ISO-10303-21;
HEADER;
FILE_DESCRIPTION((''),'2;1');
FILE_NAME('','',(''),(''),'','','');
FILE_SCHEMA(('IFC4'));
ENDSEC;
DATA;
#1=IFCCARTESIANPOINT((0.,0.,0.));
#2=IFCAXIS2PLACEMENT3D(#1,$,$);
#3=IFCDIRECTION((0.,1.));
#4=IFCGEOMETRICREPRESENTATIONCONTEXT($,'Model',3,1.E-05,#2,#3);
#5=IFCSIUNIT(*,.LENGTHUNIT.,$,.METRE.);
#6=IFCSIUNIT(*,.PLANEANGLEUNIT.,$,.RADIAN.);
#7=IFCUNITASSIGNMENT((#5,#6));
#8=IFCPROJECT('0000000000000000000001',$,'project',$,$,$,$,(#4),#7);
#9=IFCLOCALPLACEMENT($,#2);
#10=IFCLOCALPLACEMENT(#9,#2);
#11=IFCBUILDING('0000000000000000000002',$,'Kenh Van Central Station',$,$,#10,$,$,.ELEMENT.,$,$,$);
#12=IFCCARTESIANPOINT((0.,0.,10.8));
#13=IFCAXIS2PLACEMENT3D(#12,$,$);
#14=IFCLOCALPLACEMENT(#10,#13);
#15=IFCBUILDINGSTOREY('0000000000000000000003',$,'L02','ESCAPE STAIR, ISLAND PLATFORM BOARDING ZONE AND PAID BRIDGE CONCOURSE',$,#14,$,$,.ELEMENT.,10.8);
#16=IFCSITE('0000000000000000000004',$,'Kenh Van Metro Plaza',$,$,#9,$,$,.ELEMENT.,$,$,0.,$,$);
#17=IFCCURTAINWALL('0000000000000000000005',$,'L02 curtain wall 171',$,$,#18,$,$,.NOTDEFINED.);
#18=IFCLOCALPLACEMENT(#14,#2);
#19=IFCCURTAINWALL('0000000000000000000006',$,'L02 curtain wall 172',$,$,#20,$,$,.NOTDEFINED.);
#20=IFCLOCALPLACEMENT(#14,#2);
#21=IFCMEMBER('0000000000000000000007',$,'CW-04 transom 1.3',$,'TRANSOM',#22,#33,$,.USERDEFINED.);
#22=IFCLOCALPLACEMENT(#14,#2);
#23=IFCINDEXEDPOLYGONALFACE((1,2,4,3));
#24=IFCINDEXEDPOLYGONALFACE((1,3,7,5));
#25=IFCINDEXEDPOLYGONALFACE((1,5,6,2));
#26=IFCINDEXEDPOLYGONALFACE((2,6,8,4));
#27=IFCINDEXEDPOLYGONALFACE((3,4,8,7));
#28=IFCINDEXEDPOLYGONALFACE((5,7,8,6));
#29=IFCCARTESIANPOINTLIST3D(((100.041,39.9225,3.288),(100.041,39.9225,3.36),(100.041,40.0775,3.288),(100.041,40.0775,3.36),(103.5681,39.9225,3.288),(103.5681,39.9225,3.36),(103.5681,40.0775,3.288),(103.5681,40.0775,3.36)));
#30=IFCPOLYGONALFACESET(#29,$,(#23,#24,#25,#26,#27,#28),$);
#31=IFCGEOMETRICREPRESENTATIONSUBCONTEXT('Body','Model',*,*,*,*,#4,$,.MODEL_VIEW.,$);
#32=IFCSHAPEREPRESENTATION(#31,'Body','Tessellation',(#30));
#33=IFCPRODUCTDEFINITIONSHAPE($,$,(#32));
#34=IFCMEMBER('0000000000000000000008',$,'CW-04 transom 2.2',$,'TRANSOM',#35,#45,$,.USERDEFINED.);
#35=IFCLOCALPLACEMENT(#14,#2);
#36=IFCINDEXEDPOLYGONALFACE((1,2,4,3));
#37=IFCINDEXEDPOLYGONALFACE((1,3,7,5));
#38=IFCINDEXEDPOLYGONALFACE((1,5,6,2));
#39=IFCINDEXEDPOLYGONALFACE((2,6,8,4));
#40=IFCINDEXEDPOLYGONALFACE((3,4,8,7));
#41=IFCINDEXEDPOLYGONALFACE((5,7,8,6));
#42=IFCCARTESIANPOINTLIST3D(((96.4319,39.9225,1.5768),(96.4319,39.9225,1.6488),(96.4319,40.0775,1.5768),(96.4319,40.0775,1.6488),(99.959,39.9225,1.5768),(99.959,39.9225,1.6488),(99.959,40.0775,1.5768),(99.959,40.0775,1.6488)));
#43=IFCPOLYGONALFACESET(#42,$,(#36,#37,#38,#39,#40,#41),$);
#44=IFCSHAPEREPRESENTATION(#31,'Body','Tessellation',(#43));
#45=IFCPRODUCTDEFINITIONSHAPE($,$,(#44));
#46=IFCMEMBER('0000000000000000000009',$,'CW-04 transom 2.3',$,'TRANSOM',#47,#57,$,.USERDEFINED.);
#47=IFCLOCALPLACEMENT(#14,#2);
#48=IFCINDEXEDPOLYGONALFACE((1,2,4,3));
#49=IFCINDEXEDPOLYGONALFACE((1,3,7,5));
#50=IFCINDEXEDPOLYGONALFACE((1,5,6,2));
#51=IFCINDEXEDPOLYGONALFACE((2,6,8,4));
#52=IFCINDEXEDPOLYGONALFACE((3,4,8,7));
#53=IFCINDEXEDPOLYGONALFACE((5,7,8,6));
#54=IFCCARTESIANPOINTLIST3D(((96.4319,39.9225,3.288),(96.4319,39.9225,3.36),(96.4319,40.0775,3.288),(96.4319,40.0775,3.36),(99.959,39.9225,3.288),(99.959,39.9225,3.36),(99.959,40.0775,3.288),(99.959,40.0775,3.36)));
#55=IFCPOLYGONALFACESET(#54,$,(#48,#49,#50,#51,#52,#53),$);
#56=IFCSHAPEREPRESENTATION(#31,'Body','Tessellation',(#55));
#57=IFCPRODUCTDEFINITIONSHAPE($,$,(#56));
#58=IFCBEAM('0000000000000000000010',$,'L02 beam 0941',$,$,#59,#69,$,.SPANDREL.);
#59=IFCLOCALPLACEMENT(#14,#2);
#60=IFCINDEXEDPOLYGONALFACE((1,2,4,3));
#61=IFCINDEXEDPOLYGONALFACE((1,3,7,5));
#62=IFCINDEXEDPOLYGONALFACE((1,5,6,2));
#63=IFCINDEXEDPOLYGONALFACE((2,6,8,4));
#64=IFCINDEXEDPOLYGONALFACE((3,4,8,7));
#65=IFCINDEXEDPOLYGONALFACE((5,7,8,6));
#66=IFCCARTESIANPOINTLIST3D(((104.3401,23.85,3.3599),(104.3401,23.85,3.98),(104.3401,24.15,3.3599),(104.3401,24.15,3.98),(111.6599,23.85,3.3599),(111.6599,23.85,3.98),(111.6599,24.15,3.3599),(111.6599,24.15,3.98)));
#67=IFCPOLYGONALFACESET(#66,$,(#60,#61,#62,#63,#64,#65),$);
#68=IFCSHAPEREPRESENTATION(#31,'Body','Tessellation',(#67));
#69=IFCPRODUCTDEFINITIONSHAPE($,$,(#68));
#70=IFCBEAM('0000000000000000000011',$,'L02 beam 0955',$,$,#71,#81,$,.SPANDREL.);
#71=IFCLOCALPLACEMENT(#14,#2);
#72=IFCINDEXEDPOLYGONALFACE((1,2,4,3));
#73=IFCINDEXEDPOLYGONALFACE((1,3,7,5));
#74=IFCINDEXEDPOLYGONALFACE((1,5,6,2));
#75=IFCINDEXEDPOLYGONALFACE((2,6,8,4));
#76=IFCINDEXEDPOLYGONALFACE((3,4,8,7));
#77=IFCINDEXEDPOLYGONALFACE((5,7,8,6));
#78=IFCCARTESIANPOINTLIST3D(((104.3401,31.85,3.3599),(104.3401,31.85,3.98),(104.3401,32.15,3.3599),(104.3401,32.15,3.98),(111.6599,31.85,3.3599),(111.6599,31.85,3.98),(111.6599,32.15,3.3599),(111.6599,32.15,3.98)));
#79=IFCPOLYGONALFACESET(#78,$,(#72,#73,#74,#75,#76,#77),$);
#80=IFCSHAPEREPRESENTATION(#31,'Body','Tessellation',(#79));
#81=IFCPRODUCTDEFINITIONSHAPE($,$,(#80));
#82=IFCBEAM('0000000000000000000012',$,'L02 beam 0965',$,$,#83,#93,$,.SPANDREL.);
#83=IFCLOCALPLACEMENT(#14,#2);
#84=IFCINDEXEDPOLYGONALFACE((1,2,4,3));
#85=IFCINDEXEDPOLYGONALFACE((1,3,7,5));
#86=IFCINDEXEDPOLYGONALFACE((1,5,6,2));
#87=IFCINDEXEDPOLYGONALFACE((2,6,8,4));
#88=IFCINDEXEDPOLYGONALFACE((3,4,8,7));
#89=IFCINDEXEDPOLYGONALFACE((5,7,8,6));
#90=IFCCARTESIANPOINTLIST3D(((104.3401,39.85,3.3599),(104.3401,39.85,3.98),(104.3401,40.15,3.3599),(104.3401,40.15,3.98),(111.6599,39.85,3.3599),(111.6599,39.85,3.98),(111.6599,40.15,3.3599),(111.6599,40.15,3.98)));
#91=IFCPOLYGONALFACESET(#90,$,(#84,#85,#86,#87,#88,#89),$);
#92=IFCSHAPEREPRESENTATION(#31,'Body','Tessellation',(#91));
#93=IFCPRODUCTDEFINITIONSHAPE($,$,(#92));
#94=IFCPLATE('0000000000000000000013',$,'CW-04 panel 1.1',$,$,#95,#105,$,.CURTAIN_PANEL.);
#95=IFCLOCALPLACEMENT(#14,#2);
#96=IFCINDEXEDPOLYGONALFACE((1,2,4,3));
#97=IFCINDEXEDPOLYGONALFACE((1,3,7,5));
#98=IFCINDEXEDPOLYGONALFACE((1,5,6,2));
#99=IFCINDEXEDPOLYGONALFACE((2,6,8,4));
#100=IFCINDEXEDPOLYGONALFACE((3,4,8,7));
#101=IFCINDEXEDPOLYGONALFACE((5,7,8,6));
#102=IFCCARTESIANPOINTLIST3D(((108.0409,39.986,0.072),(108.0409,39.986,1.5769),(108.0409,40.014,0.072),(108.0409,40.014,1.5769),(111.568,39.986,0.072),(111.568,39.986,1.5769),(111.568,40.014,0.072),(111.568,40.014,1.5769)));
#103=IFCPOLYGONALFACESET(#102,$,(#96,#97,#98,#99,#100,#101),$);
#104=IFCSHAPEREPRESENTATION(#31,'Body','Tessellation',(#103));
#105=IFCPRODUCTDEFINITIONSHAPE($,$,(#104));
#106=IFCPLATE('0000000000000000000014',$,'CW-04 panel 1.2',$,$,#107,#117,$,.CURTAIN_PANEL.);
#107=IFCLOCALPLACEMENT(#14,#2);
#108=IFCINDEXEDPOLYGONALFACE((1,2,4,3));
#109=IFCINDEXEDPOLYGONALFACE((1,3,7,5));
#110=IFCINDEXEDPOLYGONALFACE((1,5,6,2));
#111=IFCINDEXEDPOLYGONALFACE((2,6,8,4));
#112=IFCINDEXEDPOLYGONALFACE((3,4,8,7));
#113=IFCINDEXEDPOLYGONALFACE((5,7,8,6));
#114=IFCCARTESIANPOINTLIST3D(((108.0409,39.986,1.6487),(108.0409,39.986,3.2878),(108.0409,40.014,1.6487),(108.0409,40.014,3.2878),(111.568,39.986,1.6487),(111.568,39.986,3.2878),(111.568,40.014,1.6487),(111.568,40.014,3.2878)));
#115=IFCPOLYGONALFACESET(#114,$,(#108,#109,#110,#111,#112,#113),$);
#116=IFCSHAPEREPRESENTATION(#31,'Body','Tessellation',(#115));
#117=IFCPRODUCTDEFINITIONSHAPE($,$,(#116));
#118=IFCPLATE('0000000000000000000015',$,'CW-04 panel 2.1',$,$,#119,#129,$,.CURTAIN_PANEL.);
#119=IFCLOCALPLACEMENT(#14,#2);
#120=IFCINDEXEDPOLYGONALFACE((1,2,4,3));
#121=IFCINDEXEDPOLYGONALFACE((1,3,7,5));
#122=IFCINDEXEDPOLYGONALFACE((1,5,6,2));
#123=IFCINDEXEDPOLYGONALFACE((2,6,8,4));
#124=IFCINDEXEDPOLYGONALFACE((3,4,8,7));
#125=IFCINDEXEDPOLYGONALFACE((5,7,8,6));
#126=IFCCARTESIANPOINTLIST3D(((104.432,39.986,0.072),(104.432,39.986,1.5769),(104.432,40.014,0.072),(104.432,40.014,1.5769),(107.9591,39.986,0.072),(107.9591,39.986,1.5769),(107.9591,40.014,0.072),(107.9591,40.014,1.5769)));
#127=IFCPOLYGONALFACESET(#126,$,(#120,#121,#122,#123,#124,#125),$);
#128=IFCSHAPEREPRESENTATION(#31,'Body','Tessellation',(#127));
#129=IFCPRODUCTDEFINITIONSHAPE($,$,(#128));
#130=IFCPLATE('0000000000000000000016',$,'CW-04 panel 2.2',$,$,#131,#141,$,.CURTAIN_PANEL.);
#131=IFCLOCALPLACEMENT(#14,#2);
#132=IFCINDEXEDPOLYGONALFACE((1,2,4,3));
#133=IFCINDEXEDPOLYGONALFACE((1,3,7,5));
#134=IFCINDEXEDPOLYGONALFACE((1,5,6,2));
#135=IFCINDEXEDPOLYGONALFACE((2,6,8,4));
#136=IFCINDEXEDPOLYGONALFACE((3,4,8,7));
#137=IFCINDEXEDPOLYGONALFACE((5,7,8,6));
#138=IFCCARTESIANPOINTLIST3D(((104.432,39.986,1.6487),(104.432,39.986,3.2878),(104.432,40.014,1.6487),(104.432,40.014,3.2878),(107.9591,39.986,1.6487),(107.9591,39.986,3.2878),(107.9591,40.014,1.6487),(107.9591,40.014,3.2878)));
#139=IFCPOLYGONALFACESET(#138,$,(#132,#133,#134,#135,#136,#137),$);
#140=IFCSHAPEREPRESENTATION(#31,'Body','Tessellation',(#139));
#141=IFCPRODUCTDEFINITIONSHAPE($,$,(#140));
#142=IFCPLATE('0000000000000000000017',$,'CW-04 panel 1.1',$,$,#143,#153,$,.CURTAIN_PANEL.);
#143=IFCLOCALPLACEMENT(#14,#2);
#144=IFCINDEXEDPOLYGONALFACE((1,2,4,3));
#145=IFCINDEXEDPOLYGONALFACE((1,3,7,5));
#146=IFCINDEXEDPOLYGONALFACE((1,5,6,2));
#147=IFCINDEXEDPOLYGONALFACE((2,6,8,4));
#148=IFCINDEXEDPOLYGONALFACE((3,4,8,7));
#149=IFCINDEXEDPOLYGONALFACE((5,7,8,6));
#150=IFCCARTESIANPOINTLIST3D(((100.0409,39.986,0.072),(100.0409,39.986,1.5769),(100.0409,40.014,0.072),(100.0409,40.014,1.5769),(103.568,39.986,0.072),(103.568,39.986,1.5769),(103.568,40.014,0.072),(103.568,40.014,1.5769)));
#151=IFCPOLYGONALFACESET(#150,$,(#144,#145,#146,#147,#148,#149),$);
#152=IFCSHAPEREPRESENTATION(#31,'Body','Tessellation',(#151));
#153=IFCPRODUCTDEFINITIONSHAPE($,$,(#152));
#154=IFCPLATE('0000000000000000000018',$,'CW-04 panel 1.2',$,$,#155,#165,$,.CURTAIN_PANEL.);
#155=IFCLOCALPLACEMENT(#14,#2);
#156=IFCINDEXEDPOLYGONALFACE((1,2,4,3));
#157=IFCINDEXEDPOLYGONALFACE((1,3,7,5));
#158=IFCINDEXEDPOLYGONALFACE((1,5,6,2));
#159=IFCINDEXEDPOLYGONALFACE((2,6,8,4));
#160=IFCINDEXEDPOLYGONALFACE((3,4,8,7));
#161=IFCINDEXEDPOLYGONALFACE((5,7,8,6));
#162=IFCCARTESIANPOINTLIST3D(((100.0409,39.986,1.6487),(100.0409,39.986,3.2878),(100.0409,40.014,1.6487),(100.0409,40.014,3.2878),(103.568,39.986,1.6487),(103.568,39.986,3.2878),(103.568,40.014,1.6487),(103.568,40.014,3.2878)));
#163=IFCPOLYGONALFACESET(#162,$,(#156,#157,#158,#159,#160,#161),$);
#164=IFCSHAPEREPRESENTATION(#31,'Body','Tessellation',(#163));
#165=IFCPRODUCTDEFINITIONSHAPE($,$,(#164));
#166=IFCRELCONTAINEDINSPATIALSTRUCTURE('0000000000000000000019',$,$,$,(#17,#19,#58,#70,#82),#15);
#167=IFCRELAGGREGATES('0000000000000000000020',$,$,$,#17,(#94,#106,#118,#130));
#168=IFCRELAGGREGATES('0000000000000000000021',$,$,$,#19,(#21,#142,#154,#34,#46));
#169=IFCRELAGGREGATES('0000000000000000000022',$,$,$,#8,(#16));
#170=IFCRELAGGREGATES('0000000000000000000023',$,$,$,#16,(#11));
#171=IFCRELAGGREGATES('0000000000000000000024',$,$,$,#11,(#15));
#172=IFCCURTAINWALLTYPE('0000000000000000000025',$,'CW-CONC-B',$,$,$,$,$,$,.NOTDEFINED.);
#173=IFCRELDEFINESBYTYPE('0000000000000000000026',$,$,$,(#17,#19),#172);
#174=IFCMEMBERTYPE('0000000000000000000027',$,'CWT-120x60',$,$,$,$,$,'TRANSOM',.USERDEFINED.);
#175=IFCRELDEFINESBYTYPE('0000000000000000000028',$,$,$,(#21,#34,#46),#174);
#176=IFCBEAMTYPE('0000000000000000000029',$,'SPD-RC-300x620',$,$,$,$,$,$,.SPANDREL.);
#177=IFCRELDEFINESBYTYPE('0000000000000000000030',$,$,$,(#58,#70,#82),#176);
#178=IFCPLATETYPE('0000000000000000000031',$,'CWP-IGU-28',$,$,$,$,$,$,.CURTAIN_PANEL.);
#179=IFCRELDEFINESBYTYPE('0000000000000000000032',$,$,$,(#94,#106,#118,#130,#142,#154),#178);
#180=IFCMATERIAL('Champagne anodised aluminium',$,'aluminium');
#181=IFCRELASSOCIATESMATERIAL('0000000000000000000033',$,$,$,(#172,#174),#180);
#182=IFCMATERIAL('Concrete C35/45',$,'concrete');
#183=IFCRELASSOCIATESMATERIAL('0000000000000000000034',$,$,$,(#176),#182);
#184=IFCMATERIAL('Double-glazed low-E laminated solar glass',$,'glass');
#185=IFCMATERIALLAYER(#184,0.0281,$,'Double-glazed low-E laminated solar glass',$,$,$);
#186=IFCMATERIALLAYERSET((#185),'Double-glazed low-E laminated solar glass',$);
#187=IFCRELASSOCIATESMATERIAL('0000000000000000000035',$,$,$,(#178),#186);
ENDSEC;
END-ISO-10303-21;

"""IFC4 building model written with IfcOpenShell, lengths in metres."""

from ifc_helpers import new_model, si_unit, direction, frame, origin, origin_2d, place, context, subcontext, project, spatial, rectangle, extrude, material, layer, layer_set, material_profile, profile_set, type_object, element, aggregate, save


model = new_model("IFC4")

# Units and contexts
model_context = context("Model", 3, precision=1e-05, world=origin(), true_north=direction((0.0, 1.0)))
body_context = subcontext(model_context, "Body", "Model", "MODEL_VIEW")
ifc_project = project(units=[si_unit("LENGTHUNIT", "METRE"), si_unit("PLANEANGLEUNIT", "RADIAN")], contexts=[model_context])

# Site, building, storey
site_placement = place(None, origin())
site = spatial("IfcSite", under=ifc_project, at=site_placement, Name="Kenh Van Metro Plaza", CompositionType="ELEMENT", RefElevation=0.0)
building_placement = place(site_placement, origin())
building = spatial("IfcBuilding", under=site, at=building_placement, Name="Kenh Van Central Station", CompositionType="ELEMENT")
storey_placement = place(building_placement, frame((0.0, 0.0, 10.8)))
storey = spatial("IfcBuildingStorey", under=building, at=storey_placement, Name="L02", Description="ESCAPE STAIR, ISLAND PLATFORM BOARDING ZONE AND PAID BRIDGE CONCOURSE", CompositionType="ELEMENT", Elevation=10.8)

# Curtain walls
ifc_material_1 = material(Name="Champagne anodised aluminium", Category="aluminium")
curtain_wall_type = type_object("IfcCurtainWallType", Name="CW-CONC-B", PredefinedType="NOTDEFINED", material=ifc_material_1)
curtain_wall_1_placement = place(storey_placement, origin())
curtain_wall_1 = element("IfcCurtainWall", 1, at=curtain_wall_1_placement, inside=storey, type_object=curtain_wall_type, Name="L02 curtain wall 171", PredefinedType="NOTDEFINED")
curtain_wall_2_placement = place(storey_placement, origin())
curtain_wall_2 = element("IfcCurtainWall", 2, at=curtain_wall_2_placement, inside=storey, type_object=curtain_wall_type, Name="L02 curtain wall 172", PredefinedType="NOTDEFINED")

# Members
ifc_material_profile_1 = material_profile(ifc_material_1, rectangle(XDim=0.155, YDim=0.072, at=origin_2d()), Name="AL 155x72")
ifc_profile_set_1 = profile_set([ifc_material_profile_1], Name="Champagne anodised aluminium")
member_type_1 = type_object("IfcMemberType", Name="CWT-120x60", ElementType="TRANSOM", PredefinedType="USERDEFINED", material=ifc_profile_set_1)
member_1_placement = place(storey_placement, frame((103.5681, 40.0, 3.324), z_axis=(-1.0, 0.0, 0.0), x_axis=(0.0, -1.0, 0.0)))
member_1 = element("IfcMember", 3, at=member_1_placement, type_object=member_type_1, Name="CW-04 transom 1.3", ObjectType="TRANSOM", PredefinedType="USERDEFINED", context=body_context, shape_type="SweptSolid", body=[
    extrude(rectangle(XDim=0.155, YDim=0.072, at=origin_2d()), origin(), (0.0, 0.0, 1.0), 3.5271),
])
member_2_placement = place(storey_placement, frame((99.959, 40.0, 1.6128), z_axis=(-1.0, 0.0, 0.0), x_axis=(0.0, -1.0, 0.0)))
member_2 = element("IfcMember", 4, at=member_2_placement, type_object=member_type_1, Name="CW-04 transom 2.2", ObjectType="TRANSOM", PredefinedType="USERDEFINED", context=body_context, shape_type="SweptSolid", body=[
    extrude(rectangle(XDim=0.155, YDim=0.072, at=origin_2d()), origin(), (0.0, 0.0, 1.0), 3.5271),
])
member_3_placement = place(storey_placement, frame((99.959, 40.0, 3.324), z_axis=(-1.0, 0.0, 0.0), x_axis=(0.0, -1.0, 0.0)))
member_3 = element("IfcMember", 5, at=member_3_placement, type_object=member_type_1, Name="CW-04 transom 2.3", ObjectType="TRANSOM", PredefinedType="USERDEFINED", context=body_context, shape_type="SweptSolid", body=[
    extrude(rectangle(XDim=0.155, YDim=0.072, at=origin_2d()), origin(), (0.0, 0.0, 1.0), 3.5271),
])

# Beams
ifc_material_2 = material(Name="Concrete C35/45", Category="concrete")
ifc_material_profile_2 = material_profile(ifc_material_2, rectangle(XDim=0.3, YDim=0.6201, at=origin_2d()), Name="RC 300x620")
ifc_profile_set_2 = profile_set([ifc_material_profile_2], Name="Concrete C35/45")
beam_type = type_object("IfcBeamType", Name="SPD-RC-300x620", PredefinedType="SPANDREL", material=ifc_profile_set_2)
for number, where, z_axis, x_axis, name in (
    (6, (104.3401, 24.0, 3.6699), (1.0, 0.0, 0.0), (0.0, 1.0, 0.0), "L02 beam 0941"),
    (7, (104.3401, 32.0, 3.6699), (1.0, 0.0, 0.0), (0.0, 1.0, 0.0), "L02 beam 0955"),
    (8, (104.3401, 40.0, 3.6699), (1.0, 0.0, 0.0), (0.0, 1.0, 0.0), "L02 beam 0965"),
):
    element("IfcBeam", number, at=place(storey_placement, frame(where, z_axis=z_axis, x_axis=x_axis)), inside=storey, type_object=beam_type, Name=name, PredefinedType="SPANDREL", context=body_context, shape_type="SweptSolid", body=[
        extrude(rectangle(XDim=0.3, YDim=0.6201, at=origin_2d()), origin(), (0.0, 0.0, 1.0), 7.3198),
    ])

# Plates
ifc_material_3 = material(Name="Double-glazed low-E laminated solar glass", Category="glass")
ifc_layer = layer(ifc_material_3, 0.0281, Name="Double-glazed low-E laminated solar glass")
ifc_layer_set = layer_set([ifc_layer], Name="Double-glazed low-E laminated solar glass")
plate_type = type_object("IfcPlateType", Name="CWP-IGU-28", PredefinedType="CURTAIN_PANEL", material=ifc_layer_set)
plate_1_placement = place(storey_placement, frame((109.8044, 40.0, 0.072), z_axis=(0.0, 0.0, 1.0), x_axis=(-1.0, 0.0, 0.0)))
plate_1 = element("IfcPlate", 9, at=plate_1_placement, type_object=plate_type, Name="CW-04 panel 1.1", PredefinedType="CURTAIN_PANEL", context=body_context, shape_type="SweptSolid", body=[
    extrude(rectangle(XDim=3.5271, YDim=0.0281, at=origin_2d()), origin(), (0.0, 0.0, 1.0), 1.5049),
])
plate_2_placement = place(storey_placement, frame((109.8044, 40.0, 1.6487), z_axis=(0.0, 0.0, 1.0), x_axis=(-1.0, 0.0, 0.0)))
plate_2 = element("IfcPlate", 10, at=plate_2_placement, type_object=plate_type, Name="CW-04 panel 1.2", PredefinedType="CURTAIN_PANEL", context=body_context, shape_type="SweptSolid", body=[
    extrude(rectangle(XDim=3.5271, YDim=0.0281, at=origin_2d()), origin(), (0.0, 0.0, 1.0), 1.6392),
])
plate_3_placement = place(storey_placement, frame((106.1956, 40.0, 0.072), z_axis=(0.0, 0.0, 1.0), x_axis=(-1.0, 0.0, 0.0)))
plate_3 = element("IfcPlate", 11, at=plate_3_placement, type_object=plate_type, Name="CW-04 panel 2.1", PredefinedType="CURTAIN_PANEL", context=body_context, shape_type="SweptSolid", body=[
    extrude(rectangle(XDim=3.5271, YDim=0.0281, at=origin_2d()), origin(), (0.0, 0.0, 1.0), 1.5049),
])
plate_4_placement = place(storey_placement, frame((106.1956, 40.0, 1.6487), z_axis=(0.0, 0.0, 1.0), x_axis=(-1.0, 0.0, 0.0)))
plate_4 = element("IfcPlate", 12, at=plate_4_placement, type_object=plate_type, Name="CW-04 panel 2.2", PredefinedType="CURTAIN_PANEL", context=body_context, shape_type="SweptSolid", body=[
    extrude(rectangle(XDim=3.5271, YDim=0.0281, at=origin_2d()), origin(), (0.0, 0.0, 1.0), 1.6392),
])
aggregate(curtain_wall_1, [plate_1, plate_2, plate_3, plate_4])
plate_5_placement = place(storey_placement, frame((101.8044, 40.0, 0.072), z_axis=(0.0, 0.0, 1.0), x_axis=(-1.0, 0.0, 0.0)))
plate_5 = element("IfcPlate", 13, at=plate_5_placement, type_object=plate_type, Name="CW-04 panel 1.1", PredefinedType="CURTAIN_PANEL", context=body_context, shape_type="SweptSolid", body=[
    extrude(rectangle(XDim=3.5271, YDim=0.0281, at=origin_2d()), origin(), (0.0, 0.0, 1.0), 1.5049),
])
plate_6_placement = place(storey_placement, frame((101.8044, 40.0, 1.6487), z_axis=(0.0, 0.0, 1.0), x_axis=(-1.0, 0.0, 0.0)))
plate_6 = element("IfcPlate", 14, at=plate_6_placement, type_object=plate_type, Name="CW-04 panel 1.2", PredefinedType="CURTAIN_PANEL", context=body_context, shape_type="SweptSolid", body=[
    extrude(rectangle(XDim=3.5271, YDim=0.0281, at=origin_2d()), origin(), (0.0, 0.0, 1.0), 1.6392),
])
aggregate(curtain_wall_2, [member_1, plate_5, plate_6, member_2, member_3])

save(model, "model.ifc")
